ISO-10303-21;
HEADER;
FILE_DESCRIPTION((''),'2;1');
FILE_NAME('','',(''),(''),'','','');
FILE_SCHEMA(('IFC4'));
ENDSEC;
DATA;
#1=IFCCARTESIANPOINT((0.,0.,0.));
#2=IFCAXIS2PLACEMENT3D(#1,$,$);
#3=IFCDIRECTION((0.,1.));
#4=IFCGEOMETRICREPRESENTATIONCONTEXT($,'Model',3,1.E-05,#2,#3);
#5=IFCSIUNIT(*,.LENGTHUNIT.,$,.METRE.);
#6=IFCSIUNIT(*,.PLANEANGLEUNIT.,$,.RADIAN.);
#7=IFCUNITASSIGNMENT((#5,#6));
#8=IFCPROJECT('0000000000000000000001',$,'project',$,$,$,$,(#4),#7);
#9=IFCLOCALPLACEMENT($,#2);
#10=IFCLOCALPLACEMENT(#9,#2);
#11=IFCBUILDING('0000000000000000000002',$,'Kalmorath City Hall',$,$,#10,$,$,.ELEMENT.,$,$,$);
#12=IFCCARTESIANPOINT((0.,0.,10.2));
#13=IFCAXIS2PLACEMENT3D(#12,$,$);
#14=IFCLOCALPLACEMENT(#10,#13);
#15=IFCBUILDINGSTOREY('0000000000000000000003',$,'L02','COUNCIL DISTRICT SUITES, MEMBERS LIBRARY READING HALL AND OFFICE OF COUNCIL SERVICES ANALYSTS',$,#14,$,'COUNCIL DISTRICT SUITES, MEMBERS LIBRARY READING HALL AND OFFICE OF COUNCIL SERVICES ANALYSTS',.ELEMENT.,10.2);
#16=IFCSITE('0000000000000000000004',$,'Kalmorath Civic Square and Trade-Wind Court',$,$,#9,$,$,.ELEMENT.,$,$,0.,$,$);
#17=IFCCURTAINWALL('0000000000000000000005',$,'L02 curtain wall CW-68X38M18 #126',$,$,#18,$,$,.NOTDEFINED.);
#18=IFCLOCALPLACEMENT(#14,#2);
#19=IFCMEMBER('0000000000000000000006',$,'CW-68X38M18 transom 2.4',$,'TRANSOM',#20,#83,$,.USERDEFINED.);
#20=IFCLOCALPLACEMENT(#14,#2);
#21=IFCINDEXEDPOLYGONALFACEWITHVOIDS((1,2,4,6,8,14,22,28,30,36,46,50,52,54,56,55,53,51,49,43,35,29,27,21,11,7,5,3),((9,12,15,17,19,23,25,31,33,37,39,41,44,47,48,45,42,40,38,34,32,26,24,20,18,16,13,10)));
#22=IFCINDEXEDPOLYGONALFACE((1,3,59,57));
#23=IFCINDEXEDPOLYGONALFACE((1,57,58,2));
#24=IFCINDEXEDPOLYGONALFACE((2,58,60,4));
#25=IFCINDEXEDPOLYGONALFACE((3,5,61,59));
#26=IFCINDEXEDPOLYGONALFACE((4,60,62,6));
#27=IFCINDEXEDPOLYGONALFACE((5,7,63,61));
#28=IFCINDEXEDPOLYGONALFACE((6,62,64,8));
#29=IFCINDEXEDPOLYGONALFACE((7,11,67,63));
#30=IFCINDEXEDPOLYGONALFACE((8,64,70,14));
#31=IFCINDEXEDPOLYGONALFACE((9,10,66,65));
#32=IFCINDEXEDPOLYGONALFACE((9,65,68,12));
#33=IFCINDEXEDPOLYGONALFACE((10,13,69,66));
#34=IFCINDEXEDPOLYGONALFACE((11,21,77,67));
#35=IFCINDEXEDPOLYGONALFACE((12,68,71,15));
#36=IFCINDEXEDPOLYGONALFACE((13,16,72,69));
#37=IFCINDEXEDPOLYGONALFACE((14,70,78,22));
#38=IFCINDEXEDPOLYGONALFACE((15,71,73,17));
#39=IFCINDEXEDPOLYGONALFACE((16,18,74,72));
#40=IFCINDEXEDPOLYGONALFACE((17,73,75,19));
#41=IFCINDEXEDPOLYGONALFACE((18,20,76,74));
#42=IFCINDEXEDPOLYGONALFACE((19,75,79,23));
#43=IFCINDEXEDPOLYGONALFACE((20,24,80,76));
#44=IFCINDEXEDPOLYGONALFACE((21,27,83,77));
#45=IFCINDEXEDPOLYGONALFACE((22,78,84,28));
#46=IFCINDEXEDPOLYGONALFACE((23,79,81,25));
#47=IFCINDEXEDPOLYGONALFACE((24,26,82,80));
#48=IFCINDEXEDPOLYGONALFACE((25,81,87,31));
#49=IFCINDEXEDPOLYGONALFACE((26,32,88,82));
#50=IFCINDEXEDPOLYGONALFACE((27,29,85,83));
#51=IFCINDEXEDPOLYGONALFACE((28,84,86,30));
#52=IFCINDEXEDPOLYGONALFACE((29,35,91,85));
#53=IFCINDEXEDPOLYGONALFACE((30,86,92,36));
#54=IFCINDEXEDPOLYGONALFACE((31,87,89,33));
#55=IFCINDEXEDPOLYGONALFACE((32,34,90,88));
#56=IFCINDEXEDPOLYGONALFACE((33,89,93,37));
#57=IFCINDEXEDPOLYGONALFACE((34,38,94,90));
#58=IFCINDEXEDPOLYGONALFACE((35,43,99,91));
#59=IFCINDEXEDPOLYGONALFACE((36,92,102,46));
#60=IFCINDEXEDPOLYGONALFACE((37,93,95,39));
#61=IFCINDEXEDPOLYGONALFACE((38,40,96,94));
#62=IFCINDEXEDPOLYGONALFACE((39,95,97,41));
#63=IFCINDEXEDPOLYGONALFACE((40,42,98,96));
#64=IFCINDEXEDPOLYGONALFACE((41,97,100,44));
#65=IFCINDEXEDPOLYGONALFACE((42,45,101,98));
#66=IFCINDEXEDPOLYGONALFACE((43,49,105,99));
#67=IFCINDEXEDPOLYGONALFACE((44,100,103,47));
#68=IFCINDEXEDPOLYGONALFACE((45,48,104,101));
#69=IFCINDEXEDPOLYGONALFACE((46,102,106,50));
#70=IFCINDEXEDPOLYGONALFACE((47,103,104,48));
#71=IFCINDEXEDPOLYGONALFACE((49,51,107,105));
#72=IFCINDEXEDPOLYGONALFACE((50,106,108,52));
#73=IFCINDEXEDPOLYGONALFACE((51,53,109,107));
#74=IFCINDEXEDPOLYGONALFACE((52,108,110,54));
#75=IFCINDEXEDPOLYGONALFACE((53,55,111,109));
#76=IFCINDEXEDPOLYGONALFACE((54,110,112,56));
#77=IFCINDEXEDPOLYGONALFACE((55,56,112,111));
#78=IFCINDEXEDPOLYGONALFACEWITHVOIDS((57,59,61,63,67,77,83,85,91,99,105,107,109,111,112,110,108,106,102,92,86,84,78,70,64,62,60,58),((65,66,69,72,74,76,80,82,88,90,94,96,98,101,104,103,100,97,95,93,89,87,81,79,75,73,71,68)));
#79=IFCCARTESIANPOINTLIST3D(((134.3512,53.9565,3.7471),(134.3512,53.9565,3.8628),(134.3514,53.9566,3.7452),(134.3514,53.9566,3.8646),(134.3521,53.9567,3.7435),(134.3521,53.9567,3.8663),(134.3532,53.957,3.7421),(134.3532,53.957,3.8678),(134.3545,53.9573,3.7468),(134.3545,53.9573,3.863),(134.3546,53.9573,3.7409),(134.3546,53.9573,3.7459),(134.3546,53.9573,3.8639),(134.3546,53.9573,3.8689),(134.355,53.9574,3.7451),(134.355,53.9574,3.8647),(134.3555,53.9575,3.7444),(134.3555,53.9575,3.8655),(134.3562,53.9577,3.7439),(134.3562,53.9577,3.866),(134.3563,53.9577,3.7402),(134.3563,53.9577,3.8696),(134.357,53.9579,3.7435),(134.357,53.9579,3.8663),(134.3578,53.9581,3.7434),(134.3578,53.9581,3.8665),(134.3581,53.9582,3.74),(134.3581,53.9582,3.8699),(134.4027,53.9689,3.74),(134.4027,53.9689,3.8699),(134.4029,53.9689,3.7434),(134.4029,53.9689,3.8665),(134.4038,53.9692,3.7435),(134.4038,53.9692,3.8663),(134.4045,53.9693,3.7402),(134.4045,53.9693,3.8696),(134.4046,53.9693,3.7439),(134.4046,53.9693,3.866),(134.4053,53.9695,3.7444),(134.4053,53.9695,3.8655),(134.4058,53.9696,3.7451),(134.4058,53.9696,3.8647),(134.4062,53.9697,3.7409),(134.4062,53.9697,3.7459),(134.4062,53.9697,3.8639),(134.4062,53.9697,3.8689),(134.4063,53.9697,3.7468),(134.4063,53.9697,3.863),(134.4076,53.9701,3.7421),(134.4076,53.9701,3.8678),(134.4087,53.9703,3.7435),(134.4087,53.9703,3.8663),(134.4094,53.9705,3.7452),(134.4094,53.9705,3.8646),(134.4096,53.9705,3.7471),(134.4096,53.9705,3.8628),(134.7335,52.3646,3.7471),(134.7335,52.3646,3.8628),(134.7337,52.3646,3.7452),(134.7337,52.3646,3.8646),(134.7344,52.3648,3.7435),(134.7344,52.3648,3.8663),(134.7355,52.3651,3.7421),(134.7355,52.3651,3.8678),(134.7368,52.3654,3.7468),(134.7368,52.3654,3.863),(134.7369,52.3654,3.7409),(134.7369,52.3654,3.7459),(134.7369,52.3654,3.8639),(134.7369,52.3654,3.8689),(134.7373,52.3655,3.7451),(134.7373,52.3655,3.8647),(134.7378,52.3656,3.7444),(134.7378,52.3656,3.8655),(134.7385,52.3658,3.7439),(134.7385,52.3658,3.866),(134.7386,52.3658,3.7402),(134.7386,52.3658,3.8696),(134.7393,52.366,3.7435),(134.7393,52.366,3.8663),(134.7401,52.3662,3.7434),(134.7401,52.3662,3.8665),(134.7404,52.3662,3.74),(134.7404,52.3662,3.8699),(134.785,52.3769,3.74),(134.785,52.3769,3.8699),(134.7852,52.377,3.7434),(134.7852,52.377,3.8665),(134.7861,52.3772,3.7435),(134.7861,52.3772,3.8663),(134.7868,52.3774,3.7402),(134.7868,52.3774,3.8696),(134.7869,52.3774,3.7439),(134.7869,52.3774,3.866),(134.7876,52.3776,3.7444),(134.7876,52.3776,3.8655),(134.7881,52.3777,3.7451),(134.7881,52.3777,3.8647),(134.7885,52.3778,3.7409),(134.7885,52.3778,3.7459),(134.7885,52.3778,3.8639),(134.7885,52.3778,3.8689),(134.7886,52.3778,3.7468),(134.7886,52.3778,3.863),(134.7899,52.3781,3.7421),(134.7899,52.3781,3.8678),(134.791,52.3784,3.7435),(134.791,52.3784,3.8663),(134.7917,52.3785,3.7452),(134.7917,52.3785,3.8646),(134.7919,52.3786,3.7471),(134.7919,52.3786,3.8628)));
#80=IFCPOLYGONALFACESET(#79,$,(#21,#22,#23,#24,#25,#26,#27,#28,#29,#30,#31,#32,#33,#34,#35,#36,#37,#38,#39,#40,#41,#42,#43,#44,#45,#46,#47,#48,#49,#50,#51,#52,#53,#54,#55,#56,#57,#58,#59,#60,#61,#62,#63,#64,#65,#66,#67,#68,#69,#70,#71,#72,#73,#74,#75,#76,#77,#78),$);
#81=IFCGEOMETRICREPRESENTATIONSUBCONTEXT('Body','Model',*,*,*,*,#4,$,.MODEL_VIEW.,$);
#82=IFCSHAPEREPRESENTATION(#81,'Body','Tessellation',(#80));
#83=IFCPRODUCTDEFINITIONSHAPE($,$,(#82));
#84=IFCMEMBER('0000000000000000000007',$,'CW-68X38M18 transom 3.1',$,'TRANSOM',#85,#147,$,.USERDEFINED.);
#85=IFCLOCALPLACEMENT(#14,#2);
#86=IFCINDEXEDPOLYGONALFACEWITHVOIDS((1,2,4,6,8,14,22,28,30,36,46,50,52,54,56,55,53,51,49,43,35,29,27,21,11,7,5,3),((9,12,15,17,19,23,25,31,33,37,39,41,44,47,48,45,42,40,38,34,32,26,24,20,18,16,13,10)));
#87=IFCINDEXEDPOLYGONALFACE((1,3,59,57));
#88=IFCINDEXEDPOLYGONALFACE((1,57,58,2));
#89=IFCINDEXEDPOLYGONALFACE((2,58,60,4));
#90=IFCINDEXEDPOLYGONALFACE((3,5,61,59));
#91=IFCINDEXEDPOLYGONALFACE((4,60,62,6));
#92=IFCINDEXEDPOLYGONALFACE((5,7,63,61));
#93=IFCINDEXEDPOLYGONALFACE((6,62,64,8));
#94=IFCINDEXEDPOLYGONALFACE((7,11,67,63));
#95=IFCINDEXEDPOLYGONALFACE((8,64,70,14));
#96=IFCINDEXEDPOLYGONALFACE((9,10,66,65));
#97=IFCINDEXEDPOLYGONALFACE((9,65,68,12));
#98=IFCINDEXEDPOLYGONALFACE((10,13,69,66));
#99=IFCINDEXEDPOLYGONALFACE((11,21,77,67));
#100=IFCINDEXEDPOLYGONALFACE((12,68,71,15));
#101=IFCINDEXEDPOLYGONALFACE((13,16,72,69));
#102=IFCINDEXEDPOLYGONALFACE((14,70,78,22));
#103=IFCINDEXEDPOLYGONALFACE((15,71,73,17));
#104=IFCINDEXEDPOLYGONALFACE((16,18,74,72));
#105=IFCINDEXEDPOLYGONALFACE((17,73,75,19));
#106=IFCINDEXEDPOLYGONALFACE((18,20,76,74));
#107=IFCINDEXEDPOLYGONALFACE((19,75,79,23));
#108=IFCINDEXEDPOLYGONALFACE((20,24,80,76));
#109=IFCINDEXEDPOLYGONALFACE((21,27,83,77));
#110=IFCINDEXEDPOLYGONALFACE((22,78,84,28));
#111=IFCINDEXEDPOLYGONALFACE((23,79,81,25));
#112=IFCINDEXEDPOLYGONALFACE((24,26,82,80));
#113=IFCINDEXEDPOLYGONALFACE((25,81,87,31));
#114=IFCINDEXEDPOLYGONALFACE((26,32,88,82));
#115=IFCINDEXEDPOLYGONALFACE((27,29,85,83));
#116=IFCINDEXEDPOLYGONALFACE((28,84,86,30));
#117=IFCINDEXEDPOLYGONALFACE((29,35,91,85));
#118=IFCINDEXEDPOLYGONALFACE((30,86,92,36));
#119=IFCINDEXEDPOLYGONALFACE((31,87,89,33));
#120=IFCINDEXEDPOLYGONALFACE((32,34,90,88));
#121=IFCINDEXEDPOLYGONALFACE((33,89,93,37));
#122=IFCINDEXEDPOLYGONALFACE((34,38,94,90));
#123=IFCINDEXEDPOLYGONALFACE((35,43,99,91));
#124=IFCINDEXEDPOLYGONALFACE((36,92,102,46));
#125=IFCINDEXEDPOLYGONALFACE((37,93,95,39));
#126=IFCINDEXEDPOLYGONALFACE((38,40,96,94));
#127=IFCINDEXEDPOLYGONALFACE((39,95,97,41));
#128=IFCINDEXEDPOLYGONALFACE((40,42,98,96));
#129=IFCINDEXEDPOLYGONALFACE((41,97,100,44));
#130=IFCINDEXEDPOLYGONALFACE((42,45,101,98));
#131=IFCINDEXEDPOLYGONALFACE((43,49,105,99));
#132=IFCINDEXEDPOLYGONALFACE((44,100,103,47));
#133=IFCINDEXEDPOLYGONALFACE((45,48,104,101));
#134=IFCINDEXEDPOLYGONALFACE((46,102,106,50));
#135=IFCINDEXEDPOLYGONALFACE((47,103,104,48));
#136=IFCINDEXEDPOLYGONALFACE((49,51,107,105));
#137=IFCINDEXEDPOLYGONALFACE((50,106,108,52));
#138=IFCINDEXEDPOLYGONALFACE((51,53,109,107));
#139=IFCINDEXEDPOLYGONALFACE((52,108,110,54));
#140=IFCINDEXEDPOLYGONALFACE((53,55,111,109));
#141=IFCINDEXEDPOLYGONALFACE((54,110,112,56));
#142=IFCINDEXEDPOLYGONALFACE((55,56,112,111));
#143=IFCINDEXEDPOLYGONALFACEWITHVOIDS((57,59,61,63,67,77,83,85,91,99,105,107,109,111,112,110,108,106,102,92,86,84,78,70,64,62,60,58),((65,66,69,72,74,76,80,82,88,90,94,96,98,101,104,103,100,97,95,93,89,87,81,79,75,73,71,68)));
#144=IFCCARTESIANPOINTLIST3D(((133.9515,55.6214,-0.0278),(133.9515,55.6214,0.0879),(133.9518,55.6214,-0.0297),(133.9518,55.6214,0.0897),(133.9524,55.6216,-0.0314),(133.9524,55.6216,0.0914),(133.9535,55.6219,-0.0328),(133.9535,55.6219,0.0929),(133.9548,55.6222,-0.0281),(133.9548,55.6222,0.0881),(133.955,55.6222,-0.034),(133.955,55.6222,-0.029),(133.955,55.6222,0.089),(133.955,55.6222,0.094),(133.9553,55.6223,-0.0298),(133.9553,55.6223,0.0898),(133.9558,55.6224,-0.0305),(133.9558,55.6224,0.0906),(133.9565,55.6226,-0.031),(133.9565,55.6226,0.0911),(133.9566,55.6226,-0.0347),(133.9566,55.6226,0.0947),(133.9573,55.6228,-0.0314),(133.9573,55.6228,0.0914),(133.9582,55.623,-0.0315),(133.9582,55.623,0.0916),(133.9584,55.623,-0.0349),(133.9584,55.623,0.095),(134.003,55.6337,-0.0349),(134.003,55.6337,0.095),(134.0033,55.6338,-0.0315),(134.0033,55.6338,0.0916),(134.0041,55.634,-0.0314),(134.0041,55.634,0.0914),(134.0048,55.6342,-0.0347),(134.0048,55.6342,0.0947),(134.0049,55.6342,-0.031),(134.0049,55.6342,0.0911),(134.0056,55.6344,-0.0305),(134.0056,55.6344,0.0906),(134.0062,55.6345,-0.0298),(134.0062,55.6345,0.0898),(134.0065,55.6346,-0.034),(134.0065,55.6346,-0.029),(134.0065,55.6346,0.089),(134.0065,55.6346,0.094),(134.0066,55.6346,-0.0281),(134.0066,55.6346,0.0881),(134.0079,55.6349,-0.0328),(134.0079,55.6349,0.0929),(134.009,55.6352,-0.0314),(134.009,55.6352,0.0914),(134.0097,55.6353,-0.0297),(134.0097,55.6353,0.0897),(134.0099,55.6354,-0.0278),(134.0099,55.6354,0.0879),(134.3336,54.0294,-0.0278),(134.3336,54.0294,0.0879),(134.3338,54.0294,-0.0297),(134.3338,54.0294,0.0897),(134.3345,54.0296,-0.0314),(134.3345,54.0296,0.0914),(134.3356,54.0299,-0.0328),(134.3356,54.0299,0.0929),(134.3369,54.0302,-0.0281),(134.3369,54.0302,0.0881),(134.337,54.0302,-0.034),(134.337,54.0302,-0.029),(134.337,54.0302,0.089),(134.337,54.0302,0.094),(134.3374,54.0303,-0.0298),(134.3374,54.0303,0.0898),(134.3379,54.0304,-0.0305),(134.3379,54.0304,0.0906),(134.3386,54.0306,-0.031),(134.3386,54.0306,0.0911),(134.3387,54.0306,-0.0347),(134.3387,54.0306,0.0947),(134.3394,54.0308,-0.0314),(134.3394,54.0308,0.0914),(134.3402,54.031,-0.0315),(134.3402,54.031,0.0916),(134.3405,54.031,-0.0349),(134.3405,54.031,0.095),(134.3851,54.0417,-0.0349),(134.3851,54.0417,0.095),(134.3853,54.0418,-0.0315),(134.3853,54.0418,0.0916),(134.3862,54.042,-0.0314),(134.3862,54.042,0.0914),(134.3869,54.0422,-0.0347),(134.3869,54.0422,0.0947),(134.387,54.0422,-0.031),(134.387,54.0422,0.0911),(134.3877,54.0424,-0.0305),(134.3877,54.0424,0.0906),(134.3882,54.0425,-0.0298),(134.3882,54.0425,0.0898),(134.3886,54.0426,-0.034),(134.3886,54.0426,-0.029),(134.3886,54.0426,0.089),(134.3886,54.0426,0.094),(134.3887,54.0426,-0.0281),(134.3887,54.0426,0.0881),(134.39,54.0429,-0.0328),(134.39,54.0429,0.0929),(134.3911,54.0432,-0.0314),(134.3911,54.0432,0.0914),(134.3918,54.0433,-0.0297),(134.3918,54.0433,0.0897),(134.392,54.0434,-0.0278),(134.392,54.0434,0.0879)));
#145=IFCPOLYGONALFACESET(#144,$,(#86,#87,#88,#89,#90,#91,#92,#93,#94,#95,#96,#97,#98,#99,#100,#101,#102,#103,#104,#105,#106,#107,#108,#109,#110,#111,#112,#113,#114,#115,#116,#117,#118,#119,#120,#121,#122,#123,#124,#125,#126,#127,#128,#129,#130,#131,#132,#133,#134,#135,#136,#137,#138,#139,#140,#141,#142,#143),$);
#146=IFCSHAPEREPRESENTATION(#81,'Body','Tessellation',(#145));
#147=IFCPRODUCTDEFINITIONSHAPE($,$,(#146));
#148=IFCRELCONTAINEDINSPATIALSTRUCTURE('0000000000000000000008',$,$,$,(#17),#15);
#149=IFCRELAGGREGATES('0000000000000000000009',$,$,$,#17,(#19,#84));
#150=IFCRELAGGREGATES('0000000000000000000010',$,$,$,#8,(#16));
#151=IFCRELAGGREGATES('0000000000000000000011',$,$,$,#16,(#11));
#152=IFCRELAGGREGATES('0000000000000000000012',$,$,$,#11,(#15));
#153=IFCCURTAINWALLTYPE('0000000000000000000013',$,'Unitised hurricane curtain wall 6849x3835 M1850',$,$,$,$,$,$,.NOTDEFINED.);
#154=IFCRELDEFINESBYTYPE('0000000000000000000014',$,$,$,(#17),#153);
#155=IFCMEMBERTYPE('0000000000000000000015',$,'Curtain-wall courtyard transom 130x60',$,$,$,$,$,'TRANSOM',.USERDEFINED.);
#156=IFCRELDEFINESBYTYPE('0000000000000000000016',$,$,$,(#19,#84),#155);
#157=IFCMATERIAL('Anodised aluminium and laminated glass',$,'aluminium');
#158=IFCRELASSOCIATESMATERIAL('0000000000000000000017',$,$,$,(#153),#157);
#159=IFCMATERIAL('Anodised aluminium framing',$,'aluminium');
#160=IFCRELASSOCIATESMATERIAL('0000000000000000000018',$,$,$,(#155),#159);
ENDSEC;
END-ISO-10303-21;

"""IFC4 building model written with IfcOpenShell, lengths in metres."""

from ifc_helpers import new_model, si_unit, direction, frame, origin, origin_2d, place, context, subcontext, project, spatial, hollow_rectangle, extrude, material, material_profile, profile_set, type_object, element, aggregate, save


model = new_model("IFC4")

# Units and contexts
model_context = context("Model", 3, precision=1e-05, world=origin(), true_north=direction((0.0, 1.0)))
body_context = subcontext(model_context, "Body", "Model", "MODEL_VIEW")
ifc_project = project(units=[si_unit("LENGTHUNIT", "METRE"), si_unit("PLANEANGLEUNIT", "RADIAN")], contexts=[model_context])

# Site, building, storey
site_placement = place(None, origin())
site = spatial("IfcSite", under=ifc_project, at=site_placement, Name="Kalmorath Civic Square and Trade-Wind Court", CompositionType="ELEMENT", RefElevation=0.0)
building_placement = place(site_placement, origin())
building = spatial("IfcBuilding", under=site, at=building_placement, Name="Kalmorath City Hall", CompositionType="ELEMENT")
storey_placement = place(building_placement, frame((0.0, 0.0, 10.2)))
storey = spatial("IfcBuildingStorey", under=building, at=storey_placement, Name="L02", Description="COUNCIL DISTRICT SUITES, MEMBERS LIBRARY READING HALL AND OFFICE OF COUNCIL SERVICES ANALYSTS", LongName="COUNCIL DISTRICT SUITES, MEMBERS LIBRARY READING HALL AND OFFICE OF COUNCIL SERVICES ANALYSTS", CompositionType="ELEMENT", Elevation=10.2)

# Curtain wall, members
ifc_material_1 = material(Name="Anodised aluminium and laminated glass", Category="aluminium")
curtain_wall_type = type_object("IfcCurtainWallType", Name="Unitised hurricane curtain wall 6849x3835 M1850", PredefinedType="NOTDEFINED", material=ifc_material_1)
curtain_wall_1_placement = place(storey_placement, origin())
curtain_wall_1 = element("IfcCurtainWall", 1, at=curtain_wall_1_placement, inside=storey, type_object=curtain_wall_type, Name="L02 curtain wall CW-68X38M18 #126", PredefinedType="NOTDEFINED")
ifc_material_2 = material(Name="Anodised aluminium framing", Category="aluminium")
ifc_material_profile_1 = material_profile(ifc_material_2, hollow_rectangle(XDim=0.0601, YDim=0.1299, WallThickness=0.0034, InnerFilletRadius=0.0034, OuterFilletRadius=0.0071, at=origin_2d()), Name="ALU-TRN-130X60X3.5")
ifc_profile_set_1 = profile_set([ifc_material_profile_1], Name="Anodised aluminium framing")
member_type_1 = type_object("IfcMemberType", Name="Curtain-wall courtyard transom 130x60", ElementType="TRANSOM", PredefinedType="USERDEFINED", material=ifc_profile_set_1)
member_1_placement = place(storey_placement, frame((134.7627, 52.3716, 3.8049), z_axis=(-0.233508, 0.972355, 0.0), x_axis=(-0.972355, -0.233508, 0.0)))
member_1 = element("IfcMember", 2, at=member_1_placement, type_object=member_type_1, Name="CW-68X38M18 transom 2.4", ObjectType="TRANSOM", PredefinedType="USERDEFINED", context=body_context, shape_type="SweptSolid", body=[
    extrude(hollow_rectangle(XDim=0.0601, YDim=0.1299, WallThickness=0.0034, InnerFilletRadius=0.0034, OuterFilletRadius=0.0071, at=origin_2d()), origin(), (0.0, 0.0, 1.0), 1.6372),
])
member_2_placement = place(storey_placement, frame((134.3628, 54.0364, 0.03), z_axis=(-0.233367, 0.972389, 0.0), x_axis=(-0.972389, -0.233367, 0.0)))
member_2 = element("IfcMember", 3, at=member_2_placement, type_object=member_type_1, Name="CW-68X38M18 transom 3.1", ObjectType="TRANSOM", PredefinedType="USERDEFINED", context=body_context, shape_type="SweptSolid", body=[
    extrude(hollow_rectangle(XDim=0.0601, YDim=0.1299, WallThickness=0.0034, InnerFilletRadius=0.0034, OuterFilletRadius=0.0071, at=origin_2d()), origin(), (0.0, 0.0, 1.0), 1.6372),
])

aggregate(curtain_wall_1, [member_1, member_2])

save(model, "model.ifc")
